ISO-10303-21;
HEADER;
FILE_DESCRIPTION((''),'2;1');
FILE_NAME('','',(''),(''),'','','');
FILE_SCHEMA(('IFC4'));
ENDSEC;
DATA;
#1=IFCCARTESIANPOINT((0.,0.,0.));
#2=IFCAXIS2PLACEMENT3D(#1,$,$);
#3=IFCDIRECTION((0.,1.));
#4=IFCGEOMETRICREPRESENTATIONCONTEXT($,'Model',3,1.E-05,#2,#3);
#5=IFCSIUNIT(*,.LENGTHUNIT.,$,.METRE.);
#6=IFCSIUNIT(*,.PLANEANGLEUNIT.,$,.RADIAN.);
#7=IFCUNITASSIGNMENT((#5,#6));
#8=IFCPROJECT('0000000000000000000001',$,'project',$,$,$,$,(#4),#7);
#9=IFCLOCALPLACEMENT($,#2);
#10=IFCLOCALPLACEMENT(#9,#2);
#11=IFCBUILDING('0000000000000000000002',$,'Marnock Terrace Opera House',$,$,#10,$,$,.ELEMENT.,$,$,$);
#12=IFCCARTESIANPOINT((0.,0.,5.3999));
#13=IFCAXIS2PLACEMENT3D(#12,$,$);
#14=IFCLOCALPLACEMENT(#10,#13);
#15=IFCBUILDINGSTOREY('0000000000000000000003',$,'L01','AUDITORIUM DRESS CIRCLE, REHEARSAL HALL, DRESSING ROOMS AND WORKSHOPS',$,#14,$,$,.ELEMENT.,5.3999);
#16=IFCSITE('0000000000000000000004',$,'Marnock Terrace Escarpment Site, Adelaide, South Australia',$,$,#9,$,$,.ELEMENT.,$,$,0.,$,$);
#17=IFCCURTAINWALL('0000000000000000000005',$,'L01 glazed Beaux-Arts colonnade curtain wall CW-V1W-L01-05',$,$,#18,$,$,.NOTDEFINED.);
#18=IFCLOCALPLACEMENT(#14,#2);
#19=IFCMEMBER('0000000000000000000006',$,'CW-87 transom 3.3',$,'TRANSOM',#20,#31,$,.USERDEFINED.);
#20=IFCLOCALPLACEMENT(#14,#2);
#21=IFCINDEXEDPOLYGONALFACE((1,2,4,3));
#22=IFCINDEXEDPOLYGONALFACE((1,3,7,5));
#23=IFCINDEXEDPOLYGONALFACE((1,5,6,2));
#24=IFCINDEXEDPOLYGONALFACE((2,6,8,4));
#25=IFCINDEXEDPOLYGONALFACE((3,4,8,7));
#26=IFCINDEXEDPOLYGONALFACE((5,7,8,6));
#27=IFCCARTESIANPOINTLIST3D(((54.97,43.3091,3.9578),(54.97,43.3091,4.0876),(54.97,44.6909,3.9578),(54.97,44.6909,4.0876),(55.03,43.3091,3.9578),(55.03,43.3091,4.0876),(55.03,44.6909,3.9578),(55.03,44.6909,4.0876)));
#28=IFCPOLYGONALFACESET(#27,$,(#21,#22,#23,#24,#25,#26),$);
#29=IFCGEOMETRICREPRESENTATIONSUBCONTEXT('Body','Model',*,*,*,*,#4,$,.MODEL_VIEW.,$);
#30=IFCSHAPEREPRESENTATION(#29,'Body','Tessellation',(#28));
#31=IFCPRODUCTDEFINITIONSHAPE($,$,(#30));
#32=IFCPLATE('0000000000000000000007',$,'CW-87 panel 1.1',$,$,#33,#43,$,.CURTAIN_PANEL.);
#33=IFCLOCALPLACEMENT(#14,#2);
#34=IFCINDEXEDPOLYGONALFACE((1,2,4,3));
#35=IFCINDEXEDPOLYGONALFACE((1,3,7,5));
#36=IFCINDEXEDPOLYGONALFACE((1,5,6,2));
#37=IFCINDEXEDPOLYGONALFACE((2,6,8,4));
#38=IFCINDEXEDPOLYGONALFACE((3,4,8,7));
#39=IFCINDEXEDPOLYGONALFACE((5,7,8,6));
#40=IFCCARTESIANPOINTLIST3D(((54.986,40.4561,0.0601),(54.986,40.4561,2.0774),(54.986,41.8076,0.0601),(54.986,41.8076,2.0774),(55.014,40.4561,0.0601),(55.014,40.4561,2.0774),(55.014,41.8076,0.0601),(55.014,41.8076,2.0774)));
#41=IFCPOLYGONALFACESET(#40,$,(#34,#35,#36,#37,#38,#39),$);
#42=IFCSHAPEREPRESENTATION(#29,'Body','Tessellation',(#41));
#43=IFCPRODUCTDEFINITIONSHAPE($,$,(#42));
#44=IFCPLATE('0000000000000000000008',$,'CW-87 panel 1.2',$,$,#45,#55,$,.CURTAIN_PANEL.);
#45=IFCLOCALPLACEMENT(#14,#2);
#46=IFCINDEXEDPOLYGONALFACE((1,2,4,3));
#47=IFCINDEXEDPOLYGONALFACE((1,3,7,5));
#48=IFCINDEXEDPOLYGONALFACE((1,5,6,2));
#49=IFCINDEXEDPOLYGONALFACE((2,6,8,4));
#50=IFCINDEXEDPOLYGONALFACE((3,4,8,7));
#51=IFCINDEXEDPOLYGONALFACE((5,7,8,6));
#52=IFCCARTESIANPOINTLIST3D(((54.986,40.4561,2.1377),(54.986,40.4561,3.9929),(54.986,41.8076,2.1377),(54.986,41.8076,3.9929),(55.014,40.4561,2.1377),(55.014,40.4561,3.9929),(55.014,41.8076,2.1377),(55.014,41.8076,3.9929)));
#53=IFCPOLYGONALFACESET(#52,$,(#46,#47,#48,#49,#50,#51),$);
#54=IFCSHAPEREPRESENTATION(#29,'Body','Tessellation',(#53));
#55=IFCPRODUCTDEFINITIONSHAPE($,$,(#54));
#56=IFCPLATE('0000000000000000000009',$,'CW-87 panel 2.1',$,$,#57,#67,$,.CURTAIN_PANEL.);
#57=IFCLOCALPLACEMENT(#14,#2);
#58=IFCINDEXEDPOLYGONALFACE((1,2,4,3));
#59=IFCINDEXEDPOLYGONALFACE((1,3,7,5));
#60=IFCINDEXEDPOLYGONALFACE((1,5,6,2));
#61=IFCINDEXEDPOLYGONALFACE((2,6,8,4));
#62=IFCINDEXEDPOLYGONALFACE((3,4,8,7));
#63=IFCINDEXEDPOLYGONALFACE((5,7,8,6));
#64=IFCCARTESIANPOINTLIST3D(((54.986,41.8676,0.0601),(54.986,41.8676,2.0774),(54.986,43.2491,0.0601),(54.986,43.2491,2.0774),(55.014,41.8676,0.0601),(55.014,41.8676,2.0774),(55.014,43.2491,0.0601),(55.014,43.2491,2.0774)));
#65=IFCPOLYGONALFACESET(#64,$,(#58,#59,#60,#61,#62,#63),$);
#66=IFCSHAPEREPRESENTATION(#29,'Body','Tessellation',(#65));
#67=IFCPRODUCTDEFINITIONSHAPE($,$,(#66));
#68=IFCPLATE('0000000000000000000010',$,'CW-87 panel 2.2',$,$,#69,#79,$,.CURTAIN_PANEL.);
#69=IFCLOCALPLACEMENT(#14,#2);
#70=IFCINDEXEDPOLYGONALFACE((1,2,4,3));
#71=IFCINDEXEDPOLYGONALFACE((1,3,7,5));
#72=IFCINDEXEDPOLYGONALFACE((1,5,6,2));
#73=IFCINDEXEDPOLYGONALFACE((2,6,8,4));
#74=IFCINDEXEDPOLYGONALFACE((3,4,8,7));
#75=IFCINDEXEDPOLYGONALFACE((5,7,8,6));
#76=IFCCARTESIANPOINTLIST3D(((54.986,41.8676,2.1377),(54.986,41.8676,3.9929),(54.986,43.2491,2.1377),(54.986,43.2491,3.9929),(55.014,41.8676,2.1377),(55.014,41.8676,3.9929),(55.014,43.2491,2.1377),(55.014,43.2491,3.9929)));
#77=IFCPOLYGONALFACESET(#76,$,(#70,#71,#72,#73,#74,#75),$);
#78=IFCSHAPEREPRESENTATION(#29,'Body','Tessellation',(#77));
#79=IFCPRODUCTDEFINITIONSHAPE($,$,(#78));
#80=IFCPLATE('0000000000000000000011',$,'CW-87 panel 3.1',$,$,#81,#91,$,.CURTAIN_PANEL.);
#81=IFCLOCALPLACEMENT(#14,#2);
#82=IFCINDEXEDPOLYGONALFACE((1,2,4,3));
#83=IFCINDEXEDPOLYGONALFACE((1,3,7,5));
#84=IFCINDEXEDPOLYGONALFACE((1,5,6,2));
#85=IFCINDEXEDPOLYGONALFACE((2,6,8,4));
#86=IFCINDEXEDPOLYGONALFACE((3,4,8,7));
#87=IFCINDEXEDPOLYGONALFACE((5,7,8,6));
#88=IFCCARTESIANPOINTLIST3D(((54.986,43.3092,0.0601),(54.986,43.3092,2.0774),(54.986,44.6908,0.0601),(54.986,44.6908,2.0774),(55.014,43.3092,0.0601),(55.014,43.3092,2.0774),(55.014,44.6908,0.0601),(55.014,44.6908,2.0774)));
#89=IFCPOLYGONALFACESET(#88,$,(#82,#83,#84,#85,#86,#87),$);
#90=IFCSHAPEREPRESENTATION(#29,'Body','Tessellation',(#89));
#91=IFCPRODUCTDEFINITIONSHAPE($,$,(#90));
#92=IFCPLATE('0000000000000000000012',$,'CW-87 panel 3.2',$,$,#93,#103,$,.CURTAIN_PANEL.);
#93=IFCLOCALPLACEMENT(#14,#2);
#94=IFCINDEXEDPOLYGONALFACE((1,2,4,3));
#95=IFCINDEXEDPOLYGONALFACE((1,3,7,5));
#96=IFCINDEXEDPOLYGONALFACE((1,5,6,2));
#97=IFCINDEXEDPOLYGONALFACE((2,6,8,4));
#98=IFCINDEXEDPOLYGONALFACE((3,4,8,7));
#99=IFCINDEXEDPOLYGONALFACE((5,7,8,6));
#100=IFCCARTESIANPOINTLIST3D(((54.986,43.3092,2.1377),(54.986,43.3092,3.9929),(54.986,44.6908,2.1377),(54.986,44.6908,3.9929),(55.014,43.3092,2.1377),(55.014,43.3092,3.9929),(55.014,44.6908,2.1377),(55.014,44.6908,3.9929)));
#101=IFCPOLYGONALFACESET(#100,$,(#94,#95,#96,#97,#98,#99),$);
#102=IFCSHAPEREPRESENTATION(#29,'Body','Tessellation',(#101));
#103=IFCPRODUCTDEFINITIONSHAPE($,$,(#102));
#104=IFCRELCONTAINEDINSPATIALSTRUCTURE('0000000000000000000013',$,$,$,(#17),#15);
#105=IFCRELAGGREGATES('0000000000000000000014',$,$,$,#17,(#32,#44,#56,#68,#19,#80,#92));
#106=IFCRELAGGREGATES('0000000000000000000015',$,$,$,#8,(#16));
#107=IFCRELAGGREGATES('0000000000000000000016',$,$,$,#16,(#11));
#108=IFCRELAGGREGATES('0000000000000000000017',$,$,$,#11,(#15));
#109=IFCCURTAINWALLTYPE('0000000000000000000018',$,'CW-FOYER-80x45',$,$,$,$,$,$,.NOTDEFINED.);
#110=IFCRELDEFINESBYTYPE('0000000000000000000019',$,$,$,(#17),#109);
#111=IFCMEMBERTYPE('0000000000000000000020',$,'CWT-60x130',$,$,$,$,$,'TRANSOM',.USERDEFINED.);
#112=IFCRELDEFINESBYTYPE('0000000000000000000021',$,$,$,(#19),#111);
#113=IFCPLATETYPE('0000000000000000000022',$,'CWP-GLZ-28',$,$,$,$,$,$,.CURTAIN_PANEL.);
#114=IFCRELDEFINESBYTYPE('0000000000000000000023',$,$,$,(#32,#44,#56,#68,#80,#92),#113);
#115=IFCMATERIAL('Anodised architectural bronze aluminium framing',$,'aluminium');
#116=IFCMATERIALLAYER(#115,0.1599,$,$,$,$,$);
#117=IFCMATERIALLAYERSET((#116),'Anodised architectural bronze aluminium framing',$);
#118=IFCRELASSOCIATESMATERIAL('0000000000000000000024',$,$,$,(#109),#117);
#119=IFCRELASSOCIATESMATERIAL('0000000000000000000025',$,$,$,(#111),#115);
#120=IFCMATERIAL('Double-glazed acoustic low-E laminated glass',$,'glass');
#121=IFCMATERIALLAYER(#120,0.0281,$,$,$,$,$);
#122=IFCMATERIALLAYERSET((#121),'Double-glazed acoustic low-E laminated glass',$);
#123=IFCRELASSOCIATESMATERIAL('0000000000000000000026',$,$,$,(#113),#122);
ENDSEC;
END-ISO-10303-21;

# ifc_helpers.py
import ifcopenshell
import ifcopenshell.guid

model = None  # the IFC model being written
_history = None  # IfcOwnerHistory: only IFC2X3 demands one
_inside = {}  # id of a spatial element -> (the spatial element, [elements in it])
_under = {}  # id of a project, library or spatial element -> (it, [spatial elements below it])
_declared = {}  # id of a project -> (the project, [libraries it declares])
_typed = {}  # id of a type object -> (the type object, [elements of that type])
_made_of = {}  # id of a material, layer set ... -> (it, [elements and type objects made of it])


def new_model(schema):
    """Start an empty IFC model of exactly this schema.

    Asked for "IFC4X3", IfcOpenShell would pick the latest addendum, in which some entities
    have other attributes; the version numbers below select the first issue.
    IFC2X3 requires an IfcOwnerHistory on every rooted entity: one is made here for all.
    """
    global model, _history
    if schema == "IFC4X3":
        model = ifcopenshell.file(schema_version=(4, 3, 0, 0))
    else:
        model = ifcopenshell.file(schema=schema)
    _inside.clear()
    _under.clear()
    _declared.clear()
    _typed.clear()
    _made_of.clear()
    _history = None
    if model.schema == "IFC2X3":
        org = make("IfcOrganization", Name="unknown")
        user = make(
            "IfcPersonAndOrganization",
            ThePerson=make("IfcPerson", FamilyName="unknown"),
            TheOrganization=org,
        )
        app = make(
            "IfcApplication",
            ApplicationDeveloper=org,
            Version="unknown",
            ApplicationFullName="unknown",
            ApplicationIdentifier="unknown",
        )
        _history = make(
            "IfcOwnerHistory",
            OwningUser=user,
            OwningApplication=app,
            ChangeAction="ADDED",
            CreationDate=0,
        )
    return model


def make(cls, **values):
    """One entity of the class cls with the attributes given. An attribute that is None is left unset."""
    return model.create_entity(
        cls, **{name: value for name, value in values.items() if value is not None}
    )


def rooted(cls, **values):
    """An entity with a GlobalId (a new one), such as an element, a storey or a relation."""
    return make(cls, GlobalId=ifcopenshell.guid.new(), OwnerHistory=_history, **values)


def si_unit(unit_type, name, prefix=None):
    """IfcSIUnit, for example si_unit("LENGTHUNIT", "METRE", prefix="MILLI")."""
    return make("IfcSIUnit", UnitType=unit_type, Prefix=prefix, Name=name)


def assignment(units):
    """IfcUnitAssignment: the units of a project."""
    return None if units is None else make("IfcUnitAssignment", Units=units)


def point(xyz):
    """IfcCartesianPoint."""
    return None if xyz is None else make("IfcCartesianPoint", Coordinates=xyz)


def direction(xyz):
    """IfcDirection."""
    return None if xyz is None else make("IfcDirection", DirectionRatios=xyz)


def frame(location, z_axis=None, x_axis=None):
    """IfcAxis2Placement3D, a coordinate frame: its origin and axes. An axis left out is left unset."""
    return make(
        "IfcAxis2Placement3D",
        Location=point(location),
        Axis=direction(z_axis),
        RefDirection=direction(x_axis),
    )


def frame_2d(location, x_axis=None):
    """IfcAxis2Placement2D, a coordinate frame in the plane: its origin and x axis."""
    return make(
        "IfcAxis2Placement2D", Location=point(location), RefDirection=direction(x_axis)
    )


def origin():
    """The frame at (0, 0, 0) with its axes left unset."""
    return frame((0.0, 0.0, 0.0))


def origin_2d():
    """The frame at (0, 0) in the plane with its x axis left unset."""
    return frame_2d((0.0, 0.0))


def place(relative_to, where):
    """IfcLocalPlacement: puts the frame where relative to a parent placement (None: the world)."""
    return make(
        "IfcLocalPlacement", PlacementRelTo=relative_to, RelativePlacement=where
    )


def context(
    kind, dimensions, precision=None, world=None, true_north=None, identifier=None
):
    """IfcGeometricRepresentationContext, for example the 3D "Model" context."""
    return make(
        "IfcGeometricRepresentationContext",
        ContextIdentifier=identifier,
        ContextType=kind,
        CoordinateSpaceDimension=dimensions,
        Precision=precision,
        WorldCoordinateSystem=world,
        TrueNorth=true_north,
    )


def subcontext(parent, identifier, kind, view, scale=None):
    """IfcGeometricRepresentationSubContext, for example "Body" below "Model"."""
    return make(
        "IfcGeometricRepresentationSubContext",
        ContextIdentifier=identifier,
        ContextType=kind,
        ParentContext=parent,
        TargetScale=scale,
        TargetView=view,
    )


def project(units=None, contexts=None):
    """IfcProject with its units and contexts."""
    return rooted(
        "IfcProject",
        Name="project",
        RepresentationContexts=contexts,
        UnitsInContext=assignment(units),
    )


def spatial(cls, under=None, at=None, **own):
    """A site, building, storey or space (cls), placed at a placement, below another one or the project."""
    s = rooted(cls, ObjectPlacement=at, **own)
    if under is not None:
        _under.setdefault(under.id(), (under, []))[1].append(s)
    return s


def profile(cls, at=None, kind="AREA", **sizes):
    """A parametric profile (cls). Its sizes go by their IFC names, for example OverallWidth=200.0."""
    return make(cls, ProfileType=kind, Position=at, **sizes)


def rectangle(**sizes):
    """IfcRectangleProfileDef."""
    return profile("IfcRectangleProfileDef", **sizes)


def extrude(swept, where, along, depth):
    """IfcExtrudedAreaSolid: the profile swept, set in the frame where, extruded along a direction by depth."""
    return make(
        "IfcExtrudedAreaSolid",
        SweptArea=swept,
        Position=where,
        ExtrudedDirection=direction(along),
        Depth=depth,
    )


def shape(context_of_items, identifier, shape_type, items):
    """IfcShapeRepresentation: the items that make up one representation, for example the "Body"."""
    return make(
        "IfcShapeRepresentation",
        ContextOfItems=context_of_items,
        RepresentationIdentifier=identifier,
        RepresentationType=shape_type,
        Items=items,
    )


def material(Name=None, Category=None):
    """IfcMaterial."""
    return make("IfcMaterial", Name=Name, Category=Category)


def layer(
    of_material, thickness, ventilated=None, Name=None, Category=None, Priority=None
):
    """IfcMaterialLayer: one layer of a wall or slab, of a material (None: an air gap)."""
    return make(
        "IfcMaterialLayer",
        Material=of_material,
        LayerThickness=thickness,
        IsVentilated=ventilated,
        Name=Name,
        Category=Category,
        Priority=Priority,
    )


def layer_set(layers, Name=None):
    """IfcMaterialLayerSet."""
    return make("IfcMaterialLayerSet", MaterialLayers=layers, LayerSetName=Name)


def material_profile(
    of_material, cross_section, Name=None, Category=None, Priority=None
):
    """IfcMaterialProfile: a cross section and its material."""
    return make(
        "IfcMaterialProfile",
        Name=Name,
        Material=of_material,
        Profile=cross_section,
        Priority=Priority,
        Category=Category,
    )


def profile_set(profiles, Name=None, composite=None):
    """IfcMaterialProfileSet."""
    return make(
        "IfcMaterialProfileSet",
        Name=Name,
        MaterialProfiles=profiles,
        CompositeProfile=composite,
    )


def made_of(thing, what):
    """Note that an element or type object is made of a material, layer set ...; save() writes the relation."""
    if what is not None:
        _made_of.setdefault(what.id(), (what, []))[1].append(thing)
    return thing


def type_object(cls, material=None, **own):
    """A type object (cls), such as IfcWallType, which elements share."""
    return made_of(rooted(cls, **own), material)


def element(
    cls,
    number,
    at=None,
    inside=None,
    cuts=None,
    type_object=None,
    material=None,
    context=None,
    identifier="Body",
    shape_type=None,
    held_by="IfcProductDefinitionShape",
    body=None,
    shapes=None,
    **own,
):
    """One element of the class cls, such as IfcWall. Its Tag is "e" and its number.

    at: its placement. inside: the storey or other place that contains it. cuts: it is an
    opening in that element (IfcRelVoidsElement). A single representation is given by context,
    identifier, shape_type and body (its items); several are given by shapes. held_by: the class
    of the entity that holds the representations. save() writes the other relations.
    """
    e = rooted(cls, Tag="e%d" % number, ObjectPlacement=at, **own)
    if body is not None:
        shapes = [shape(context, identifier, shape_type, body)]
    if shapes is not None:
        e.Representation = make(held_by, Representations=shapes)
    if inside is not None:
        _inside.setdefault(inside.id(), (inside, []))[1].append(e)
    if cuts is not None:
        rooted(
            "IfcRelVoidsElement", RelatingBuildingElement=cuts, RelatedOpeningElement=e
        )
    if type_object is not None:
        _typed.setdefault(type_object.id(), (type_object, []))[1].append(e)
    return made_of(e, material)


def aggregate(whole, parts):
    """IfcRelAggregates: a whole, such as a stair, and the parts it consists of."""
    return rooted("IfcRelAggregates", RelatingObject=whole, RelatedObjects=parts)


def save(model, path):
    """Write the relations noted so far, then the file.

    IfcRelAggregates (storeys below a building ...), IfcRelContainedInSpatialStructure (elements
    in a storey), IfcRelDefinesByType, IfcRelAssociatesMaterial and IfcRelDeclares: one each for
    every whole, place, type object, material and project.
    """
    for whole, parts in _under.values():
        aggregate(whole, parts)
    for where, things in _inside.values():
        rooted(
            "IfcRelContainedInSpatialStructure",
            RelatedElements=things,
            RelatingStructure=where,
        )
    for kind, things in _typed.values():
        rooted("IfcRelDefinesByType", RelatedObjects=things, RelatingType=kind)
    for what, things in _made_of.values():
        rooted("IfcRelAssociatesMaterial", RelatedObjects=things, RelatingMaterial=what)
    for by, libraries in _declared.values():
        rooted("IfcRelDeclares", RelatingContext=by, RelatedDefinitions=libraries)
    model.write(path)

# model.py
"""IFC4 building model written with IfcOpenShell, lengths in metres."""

from ifc_helpers import new_model, si_unit, direction, frame, origin, origin_2d, place, context, subcontext, project, spatial, rectangle, extrude, material, layer, layer_set, material_profile, profile_set, type_object, element, aggregate, save


model = new_model("IFC4")

# Units and contexts
model_context = context("Model", 3, precision=1e-05, world=origin(), true_north=direction((0.0, 1.0)))
body_context = subcontext(model_context, "Body", "Model", "MODEL_VIEW")
ifc_project = project(units=[si_unit("LENGTHUNIT", "METRE"), si_unit("PLANEANGLEUNIT", "RADIAN")], contexts=[model_context])

# Site, building, storey
site_placement = place(None, origin())
site = spatial("IfcSite", under=ifc_project, at=site_placement, Name="Marnock Terrace Escarpment Site, Adelaide, South Australia", CompositionType="ELEMENT", RefElevation=0.0)
building_placement = place(site_placement, origin())
building = spatial("IfcBuilding", under=site, at=building_placement, Name="Marnock Terrace Opera House", CompositionType="ELEMENT")
storey_placement = place(building_placement, frame((0.0, 0.0, 5.3999)))
storey = spatial("IfcBuildingStorey", under=building, at=storey_placement, Name="L01", Description="AUDITORIUM DRESS CIRCLE, REHEARSAL HALL, DRESSING ROOMS AND WORKSHOPS", CompositionType="ELEMENT", Elevation=5.3999)

# Curtain wall, member, plates
ifc_material_1 = material(Name="Anodised architectural bronze aluminium framing", Category="aluminium")
ifc_layer_1 = layer(ifc_material_1, 0.1599)
ifc_layer_set_1 = layer_set([ifc_layer_1], Name="Anodised architectural bronze aluminium framing")
curtain_wall_type = type_object("IfcCurtainWallType", Name="CW-FOYER-80x45", PredefinedType="NOTDEFINED", material=ifc_layer_set_1)
curtain_wall_placement = place(storey_placement, origin())
curtain_wall = element("IfcCurtainWall", 1, at=curtain_wall_placement, inside=storey, type_object=curtain_wall_type, Name="L01 glazed Beaux-Arts colonnade curtain wall CW-V1W-L01-05", PredefinedType="NOTDEFINED")
ifc_material_profile_1 = material_profile(ifc_material_1, rectangle(XDim=0.0601, YDim=0.1299, at=origin_2d()))
ifc_profile_set_1 = profile_set([ifc_material_profile_1], Name="Anodised architectural bronze aluminium framing")
member_type_1 = type_object("IfcMemberType", Name="CWT-60x130", ElementType="TRANSOM", PredefinedType="USERDEFINED", material=ifc_profile_set_1)
member_1_placement = place(storey_placement, frame((55.0, 43.3091, 4.0227), z_axis=(0.0, 1.0, 0.0), x_axis=(-1.0, 0.0, 0.0)))
member_1 = element("IfcMember", 2, at=member_1_placement, type_object=member_type_1, Name="CW-87 transom 3.3", ObjectType="TRANSOM", PredefinedType="USERDEFINED", context=body_context, shape_type="SweptSolid", body=[
    extrude(rectangle(XDim=0.0601, YDim=0.1299, at=origin_2d()), origin(), (0.0, 0.0, 1.0), 1.3818),
])
ifc_material_2 = material(Name="Double-glazed acoustic low-E laminated glass", Category="glass")
ifc_layer_2 = layer(ifc_material_2, 0.0281)
ifc_layer_set_2 = layer_set([ifc_layer_2], Name="Double-glazed acoustic low-E laminated glass")
plate_type = type_object("IfcPlateType", Name="CWP-GLZ-28", PredefinedType="CURTAIN_PANEL", material=ifc_layer_set_2)
plate_1_placement = place(storey_placement, frame((55.0, 41.1318, 0.0601), z_axis=(0.0, 0.0, 1.0), x_axis=(0.0, 1.0, 0.0)))
plate_1 = element("IfcPlate", 3, at=plate_1_placement, type_object=plate_type, Name="CW-87 panel 1.1", PredefinedType="CURTAIN_PANEL", context=body_context, shape_type="SweptSolid", body=[
    extrude(rectangle(XDim=1.3516, YDim=0.0281, at=origin_2d()), origin(), (0.0, 0.0, 1.0), 2.0173),
])
plate_2_placement = place(storey_placement, frame((55.0, 41.1318, 2.1377), z_axis=(0.0, 0.0, 1.0), x_axis=(0.0, 1.0, 0.0)))
plate_2 = element("IfcPlate", 4, at=plate_2_placement, type_object=plate_type, Name="CW-87 panel 1.2", PredefinedType="CURTAIN_PANEL", context=body_context, shape_type="SweptSolid", body=[
    extrude(rectangle(XDim=1.3516, YDim=0.0281, at=origin_2d()), origin(), (0.0, 0.0, 1.0), 1.8552),
])
plate_3_placement = place(storey_placement, frame((55.0, 42.5583, 0.0601), z_axis=(0.0, 0.0, 1.0), x_axis=(0.0, 1.0, 0.0)))
plate_3 = element("IfcPlate", 5, at=plate_3_placement, type_object=plate_type, Name="CW-87 panel 2.1", PredefinedType="CURTAIN_PANEL", context=body_context, shape_type="SweptSolid", body=[
    extrude(rectangle(XDim=1.3816, YDim=0.0281, at=origin_2d()), origin(), (0.0, 0.0, 1.0), 2.0173),
])
plate_4_placement = place(storey_placement, frame((55.0, 42.5583, 2.1377), z_axis=(0.0, 0.0, 1.0), x_axis=(0.0, 1.0, 0.0)))
plate_4 = element("IfcPlate", 6, at=plate_4_placement, type_object=plate_type, Name="CW-87 panel 2.2", PredefinedType="CURTAIN_PANEL", context=body_context, shape_type="SweptSolid", body=[
    extrude(rectangle(XDim=1.3816, YDim=0.0281, at=origin_2d()), origin(), (0.0, 0.0, 1.0), 1.8552),
])
plate_5_placement = place(storey_placement, frame((55.0, 44.0, 0.0601), z_axis=(0.0, 0.0, 1.0), x_axis=(0.0, 1.0, 0.0)))
plate_5 = element("IfcPlate", 7, at=plate_5_placement, type_object=plate_type, Name="CW-87 panel 3.1", PredefinedType="CURTAIN_PANEL", context=body_context, shape_type="SweptSolid", body=[
    extrude(rectangle(XDim=1.3816, YDim=0.0281, at=origin_2d()), origin(), (0.0, 0.0, 1.0), 2.0173),
])
plate_6_placement = place(storey_placement, frame((55.0, 44.0, 2.1377), z_axis=(0.0, 0.0, 1.0), x_axis=(0.0, 1.0, 0.0)))
plate_6 = element("IfcPlate", 8, at=plate_6_placement, type_object=plate_type, Name="CW-87 panel 3.2", PredefinedType="CURTAIN_PANEL", context=body_context, shape_type="SweptSolid", body=[
    extrude(rectangle(XDim=1.3816, YDim=0.0281, at=origin_2d()), origin(), (0.0, 0.0, 1.0), 1.8552),
])
aggregate(curtain_wall, [plate_1, plate_2, plate_3, plate_4, member_1, plate_5, plate_6])

save(model, "model.ifc")
